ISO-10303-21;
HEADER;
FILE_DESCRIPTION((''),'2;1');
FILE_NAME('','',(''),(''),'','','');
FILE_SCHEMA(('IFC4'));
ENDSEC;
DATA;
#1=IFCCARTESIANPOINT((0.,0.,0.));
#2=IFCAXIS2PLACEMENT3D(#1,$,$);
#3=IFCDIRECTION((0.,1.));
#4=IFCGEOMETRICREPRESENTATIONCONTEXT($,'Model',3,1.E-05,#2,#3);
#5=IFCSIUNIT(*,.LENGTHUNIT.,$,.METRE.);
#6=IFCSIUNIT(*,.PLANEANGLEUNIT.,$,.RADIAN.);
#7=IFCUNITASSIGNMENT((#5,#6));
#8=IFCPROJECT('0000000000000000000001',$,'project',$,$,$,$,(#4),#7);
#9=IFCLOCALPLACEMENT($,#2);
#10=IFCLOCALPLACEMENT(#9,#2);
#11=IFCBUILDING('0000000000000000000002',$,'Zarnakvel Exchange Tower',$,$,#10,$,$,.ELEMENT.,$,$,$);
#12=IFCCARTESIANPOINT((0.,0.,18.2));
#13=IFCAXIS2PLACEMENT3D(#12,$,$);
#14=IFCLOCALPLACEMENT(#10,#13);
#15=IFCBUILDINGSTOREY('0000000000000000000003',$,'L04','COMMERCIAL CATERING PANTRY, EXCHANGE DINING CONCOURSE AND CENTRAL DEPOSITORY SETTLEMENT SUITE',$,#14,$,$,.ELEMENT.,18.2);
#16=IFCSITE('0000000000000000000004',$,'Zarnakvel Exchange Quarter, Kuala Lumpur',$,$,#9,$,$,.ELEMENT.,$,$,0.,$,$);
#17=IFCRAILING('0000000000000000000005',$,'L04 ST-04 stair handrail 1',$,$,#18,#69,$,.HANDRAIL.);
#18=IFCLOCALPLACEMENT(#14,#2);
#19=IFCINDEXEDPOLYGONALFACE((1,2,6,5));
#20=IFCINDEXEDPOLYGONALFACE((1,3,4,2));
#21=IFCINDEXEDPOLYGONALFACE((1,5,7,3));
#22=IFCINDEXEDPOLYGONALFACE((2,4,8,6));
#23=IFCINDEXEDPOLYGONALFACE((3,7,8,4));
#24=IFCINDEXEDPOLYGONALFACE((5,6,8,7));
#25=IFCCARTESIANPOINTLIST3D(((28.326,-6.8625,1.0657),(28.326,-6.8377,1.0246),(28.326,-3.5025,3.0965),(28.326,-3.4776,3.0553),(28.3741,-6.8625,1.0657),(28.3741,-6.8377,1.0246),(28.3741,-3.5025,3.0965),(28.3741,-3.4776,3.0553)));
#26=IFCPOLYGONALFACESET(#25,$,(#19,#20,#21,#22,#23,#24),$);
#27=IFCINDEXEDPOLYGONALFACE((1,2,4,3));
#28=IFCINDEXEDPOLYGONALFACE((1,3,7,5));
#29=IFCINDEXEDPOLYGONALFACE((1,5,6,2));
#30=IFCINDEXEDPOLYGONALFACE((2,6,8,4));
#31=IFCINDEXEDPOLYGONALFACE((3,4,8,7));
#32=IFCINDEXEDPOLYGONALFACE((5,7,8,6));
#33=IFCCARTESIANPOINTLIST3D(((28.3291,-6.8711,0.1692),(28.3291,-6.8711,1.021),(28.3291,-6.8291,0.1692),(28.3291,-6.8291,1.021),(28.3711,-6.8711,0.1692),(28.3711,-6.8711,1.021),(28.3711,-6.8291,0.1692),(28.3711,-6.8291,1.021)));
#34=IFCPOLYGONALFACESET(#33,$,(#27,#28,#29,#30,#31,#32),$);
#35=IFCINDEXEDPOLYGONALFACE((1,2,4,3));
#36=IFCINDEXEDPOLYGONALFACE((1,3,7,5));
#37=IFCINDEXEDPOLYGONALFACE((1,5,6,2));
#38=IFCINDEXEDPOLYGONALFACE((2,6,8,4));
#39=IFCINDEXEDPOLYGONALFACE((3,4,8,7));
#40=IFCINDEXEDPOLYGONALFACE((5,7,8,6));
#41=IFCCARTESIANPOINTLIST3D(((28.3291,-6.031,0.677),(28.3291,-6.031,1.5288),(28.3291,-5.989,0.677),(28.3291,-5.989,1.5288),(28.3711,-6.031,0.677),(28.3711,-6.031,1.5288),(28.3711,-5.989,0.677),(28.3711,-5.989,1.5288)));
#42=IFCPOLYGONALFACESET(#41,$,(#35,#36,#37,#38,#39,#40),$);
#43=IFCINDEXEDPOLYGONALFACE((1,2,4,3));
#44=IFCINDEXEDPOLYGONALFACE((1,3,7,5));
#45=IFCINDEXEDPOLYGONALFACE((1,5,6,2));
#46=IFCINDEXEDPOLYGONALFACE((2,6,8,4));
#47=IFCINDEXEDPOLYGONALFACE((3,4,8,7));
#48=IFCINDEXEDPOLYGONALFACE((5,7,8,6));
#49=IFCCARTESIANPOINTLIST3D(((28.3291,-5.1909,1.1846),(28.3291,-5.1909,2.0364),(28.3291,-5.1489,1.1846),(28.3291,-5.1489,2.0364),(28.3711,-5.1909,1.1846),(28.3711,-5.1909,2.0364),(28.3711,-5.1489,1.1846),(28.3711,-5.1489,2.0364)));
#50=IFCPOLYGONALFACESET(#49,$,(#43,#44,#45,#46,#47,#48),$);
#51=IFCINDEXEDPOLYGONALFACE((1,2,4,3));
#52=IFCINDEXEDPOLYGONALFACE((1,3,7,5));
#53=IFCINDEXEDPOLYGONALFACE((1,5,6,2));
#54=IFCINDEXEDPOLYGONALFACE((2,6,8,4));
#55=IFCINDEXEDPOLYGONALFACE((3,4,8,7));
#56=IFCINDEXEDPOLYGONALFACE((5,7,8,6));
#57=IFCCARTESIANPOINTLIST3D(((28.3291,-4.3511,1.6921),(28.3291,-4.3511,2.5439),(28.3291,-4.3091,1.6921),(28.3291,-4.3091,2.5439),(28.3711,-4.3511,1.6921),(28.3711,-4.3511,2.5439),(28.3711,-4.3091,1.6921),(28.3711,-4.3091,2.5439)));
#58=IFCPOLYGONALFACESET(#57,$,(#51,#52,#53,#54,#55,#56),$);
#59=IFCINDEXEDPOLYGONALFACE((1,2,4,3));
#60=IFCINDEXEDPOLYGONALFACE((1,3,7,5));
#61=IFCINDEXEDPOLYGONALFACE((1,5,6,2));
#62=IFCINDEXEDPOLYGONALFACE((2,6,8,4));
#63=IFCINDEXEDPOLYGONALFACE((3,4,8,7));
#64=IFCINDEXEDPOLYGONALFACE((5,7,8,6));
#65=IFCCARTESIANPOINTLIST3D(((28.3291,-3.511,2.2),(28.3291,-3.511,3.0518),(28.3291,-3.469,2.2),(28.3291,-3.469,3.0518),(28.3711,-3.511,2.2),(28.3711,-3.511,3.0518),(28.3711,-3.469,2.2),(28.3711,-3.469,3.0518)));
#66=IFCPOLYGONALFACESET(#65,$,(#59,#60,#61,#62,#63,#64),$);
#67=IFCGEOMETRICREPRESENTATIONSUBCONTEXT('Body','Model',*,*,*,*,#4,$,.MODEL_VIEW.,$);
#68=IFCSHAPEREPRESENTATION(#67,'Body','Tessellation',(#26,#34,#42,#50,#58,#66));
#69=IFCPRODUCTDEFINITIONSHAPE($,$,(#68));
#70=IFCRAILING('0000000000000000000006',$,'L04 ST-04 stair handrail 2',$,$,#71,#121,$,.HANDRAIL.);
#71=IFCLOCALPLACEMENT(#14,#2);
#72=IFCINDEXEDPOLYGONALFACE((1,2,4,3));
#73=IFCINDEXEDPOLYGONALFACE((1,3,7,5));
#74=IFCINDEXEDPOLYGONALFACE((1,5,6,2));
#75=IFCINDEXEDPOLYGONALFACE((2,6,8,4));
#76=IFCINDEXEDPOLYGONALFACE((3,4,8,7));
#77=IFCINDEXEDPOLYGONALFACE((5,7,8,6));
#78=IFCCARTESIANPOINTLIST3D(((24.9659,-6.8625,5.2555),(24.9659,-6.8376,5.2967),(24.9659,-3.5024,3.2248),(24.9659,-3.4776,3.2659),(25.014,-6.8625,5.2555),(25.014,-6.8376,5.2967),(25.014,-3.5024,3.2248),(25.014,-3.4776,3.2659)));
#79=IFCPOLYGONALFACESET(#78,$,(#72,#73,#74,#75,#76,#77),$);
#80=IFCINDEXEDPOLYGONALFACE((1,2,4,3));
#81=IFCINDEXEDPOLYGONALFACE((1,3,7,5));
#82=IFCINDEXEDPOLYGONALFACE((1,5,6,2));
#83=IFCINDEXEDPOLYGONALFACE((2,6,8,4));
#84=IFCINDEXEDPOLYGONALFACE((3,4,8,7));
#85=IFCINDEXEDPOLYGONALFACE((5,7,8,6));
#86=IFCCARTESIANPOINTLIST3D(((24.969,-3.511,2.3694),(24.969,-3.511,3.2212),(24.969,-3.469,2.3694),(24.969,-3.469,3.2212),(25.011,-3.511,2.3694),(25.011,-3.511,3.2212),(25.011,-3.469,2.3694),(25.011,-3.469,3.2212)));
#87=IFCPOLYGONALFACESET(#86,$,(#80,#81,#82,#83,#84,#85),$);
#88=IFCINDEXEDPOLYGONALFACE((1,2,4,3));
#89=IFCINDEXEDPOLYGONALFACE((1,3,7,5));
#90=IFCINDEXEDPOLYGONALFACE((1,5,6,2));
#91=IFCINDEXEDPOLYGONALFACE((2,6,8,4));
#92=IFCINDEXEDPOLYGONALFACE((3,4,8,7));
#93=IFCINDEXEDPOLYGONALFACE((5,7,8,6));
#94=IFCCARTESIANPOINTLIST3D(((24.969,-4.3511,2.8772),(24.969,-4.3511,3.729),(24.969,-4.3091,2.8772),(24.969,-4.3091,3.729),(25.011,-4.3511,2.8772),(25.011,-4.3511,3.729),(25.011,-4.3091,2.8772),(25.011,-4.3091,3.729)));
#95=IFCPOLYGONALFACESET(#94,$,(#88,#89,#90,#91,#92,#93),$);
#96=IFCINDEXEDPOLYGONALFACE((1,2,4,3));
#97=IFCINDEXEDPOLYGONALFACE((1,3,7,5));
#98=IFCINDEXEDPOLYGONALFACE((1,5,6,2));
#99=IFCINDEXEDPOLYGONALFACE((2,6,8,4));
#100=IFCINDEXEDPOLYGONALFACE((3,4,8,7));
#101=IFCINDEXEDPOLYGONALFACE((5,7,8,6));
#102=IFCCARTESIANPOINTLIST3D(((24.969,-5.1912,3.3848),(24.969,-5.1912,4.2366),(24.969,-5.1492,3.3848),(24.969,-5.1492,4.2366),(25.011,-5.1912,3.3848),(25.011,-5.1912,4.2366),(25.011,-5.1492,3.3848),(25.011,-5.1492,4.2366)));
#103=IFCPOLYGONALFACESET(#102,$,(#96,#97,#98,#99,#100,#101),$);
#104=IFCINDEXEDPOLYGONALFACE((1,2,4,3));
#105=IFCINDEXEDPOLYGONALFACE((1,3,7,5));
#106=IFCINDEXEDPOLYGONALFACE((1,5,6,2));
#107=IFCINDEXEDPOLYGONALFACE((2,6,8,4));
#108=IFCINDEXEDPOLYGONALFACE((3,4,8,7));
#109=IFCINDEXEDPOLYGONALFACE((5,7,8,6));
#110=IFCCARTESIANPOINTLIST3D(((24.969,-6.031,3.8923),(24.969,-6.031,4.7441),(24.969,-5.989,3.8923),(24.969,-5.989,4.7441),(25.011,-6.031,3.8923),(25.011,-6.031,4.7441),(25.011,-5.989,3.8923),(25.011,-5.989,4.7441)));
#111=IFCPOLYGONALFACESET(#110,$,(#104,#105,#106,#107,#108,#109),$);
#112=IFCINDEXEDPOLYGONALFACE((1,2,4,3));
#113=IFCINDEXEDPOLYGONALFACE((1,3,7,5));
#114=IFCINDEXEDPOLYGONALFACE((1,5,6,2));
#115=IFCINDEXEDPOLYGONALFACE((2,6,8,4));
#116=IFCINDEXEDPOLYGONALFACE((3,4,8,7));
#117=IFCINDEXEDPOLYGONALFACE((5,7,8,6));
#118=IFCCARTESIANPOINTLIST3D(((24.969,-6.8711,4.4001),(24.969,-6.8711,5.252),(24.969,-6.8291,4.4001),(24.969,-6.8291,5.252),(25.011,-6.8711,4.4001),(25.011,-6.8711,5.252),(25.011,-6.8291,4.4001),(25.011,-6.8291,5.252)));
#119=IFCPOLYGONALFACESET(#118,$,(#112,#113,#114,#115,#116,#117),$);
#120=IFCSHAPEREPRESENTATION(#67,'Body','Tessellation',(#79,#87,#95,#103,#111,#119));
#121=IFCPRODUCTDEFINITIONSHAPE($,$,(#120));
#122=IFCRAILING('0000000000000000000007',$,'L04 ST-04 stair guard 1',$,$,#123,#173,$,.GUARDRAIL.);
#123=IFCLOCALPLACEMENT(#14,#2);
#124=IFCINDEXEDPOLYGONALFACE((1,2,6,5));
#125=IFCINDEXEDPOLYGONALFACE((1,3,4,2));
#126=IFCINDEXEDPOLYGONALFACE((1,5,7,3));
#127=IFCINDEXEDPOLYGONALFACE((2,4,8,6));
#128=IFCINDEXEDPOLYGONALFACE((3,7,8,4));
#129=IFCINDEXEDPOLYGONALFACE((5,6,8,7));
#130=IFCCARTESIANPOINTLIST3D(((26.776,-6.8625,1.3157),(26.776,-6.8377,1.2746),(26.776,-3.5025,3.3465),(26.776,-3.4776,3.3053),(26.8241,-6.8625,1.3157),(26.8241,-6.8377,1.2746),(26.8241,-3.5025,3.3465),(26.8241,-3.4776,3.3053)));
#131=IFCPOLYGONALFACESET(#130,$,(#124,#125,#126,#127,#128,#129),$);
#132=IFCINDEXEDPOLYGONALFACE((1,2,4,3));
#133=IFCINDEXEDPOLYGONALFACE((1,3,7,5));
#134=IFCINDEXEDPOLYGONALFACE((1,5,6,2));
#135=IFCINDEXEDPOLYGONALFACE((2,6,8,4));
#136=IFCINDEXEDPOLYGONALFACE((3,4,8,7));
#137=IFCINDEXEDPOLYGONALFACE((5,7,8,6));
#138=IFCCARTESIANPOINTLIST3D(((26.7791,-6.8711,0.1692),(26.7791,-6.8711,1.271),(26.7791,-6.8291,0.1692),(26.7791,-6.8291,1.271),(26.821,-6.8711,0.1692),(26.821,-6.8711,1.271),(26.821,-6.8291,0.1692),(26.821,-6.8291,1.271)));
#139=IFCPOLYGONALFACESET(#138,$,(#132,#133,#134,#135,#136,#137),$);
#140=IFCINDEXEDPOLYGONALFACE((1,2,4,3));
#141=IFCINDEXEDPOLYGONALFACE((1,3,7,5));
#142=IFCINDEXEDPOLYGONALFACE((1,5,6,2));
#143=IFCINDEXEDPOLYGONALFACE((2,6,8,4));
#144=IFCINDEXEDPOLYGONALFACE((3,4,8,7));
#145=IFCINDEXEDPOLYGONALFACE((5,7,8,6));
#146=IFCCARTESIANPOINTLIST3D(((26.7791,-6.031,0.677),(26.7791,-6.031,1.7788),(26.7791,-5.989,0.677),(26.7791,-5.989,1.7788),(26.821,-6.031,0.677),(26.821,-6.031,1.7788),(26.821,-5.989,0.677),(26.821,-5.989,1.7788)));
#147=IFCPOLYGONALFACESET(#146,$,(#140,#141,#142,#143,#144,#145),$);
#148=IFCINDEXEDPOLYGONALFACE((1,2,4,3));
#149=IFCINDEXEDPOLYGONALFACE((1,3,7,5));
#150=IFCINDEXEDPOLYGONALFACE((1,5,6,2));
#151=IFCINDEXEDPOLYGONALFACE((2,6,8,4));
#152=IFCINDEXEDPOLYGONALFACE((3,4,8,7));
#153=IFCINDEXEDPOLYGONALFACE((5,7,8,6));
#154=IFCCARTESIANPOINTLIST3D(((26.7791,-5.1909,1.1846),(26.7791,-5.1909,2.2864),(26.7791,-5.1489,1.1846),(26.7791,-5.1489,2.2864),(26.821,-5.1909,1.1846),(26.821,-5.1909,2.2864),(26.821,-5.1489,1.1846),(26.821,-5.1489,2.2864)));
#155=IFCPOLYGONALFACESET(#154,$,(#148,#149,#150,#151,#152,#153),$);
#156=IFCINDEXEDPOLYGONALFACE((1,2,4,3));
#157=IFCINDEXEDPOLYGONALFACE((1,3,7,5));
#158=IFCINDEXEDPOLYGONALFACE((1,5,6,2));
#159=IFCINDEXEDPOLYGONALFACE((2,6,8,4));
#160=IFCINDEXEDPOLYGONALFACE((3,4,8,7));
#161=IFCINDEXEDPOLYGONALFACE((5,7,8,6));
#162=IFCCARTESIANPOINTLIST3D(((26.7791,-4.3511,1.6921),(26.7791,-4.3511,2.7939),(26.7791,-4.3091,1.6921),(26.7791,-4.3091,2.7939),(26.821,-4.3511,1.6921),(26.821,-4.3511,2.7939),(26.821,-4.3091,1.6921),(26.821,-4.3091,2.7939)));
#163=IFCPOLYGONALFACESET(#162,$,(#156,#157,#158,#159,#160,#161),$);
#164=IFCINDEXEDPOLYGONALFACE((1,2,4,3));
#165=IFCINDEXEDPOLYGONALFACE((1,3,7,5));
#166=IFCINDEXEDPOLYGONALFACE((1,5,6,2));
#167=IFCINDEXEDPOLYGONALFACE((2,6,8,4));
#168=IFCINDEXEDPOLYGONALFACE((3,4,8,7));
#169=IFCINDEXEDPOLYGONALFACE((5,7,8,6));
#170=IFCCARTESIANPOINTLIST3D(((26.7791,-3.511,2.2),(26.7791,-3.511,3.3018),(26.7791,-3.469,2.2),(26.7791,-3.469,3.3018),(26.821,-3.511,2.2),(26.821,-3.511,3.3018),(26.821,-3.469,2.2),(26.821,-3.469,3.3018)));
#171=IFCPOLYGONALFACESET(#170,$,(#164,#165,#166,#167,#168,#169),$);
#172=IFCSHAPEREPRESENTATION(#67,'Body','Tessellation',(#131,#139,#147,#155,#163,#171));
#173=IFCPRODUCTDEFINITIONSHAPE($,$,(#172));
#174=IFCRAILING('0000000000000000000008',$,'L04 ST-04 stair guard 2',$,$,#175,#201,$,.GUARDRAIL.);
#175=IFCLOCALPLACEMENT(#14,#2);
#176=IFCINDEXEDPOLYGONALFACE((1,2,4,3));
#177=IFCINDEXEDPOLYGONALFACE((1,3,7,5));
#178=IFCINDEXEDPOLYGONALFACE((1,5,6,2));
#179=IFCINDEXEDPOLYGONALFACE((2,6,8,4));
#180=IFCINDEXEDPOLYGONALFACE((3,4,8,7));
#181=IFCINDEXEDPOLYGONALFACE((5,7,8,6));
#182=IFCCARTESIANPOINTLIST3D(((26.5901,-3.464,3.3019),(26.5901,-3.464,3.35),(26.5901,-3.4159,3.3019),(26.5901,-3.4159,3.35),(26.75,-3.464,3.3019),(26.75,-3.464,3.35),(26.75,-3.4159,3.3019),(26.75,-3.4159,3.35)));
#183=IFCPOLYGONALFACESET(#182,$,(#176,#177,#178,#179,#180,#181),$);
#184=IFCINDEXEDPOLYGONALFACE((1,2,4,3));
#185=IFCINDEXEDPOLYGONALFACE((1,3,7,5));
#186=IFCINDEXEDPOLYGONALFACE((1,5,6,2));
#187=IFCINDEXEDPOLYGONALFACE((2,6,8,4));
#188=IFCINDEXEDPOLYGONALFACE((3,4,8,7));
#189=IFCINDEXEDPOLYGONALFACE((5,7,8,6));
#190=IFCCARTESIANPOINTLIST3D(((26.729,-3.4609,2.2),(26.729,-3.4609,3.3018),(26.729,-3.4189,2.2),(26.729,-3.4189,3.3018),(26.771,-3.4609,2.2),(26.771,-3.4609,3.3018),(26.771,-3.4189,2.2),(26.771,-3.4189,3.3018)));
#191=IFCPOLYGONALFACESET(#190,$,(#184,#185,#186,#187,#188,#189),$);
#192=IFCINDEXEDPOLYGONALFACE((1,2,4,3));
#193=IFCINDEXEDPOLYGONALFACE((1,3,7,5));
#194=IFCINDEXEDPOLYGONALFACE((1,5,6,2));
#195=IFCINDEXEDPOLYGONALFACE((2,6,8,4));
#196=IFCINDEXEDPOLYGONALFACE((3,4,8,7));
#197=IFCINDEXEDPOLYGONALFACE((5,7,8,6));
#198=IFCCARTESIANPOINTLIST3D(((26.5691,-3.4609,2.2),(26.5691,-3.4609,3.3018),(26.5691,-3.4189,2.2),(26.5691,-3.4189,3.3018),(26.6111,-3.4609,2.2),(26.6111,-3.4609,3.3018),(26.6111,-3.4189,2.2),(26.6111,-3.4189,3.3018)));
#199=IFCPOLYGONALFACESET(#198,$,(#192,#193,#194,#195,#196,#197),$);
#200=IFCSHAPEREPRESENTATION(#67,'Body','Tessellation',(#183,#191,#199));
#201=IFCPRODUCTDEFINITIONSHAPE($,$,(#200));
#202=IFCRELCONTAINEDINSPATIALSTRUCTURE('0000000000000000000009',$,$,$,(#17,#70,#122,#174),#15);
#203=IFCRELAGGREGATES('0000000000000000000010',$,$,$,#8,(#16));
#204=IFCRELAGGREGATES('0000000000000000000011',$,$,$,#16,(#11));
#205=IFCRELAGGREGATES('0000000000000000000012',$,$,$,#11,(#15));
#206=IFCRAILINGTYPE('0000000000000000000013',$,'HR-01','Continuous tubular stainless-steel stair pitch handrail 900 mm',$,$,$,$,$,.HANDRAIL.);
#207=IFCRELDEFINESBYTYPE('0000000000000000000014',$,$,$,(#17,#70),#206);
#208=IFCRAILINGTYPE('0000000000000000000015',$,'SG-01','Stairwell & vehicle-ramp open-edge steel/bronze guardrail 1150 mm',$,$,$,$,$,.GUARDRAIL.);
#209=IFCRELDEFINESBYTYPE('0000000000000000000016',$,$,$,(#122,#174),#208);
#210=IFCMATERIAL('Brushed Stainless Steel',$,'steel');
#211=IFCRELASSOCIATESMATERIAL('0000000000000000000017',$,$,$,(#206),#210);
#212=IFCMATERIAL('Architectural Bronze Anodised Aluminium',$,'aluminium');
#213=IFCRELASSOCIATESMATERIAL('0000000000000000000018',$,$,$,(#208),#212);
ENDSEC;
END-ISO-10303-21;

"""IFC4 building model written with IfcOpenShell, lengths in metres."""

from ifc_helpers import new_model, si_unit, direction, frame, origin, origin_2d, place, context, subcontext, project, spatial, rectangle, extrude, material, type_object, element, save


model = new_model("IFC4")

# Units and contexts
model_context = context("Model", 3, precision=1e-05, world=origin(), true_north=direction((0.0, 1.0)))
body_context = subcontext(model_context, "Body", "Model", "MODEL_VIEW")
ifc_project = project(units=[si_unit("LENGTHUNIT", "METRE"), si_unit("PLANEANGLEUNIT", "RADIAN")], contexts=[model_context])

# Site, building, storey
site_placement = place(None, origin())
site = spatial("IfcSite", under=ifc_project, at=site_placement, Name="Zarnakvel Exchange Quarter, Kuala Lumpur", CompositionType="ELEMENT", RefElevation=0.0)
building_placement = place(site_placement, origin())
building = spatial("IfcBuilding", under=site, at=building_placement, Name="Zarnakvel Exchange Tower", CompositionType="ELEMENT")
storey_placement = place(building_placement, frame((0.0, 0.0, 18.2)))
storey = spatial("IfcBuildingStorey", under=building, at=storey_placement, Name="L04", Description="COMMERCIAL CATERING PANTRY, EXCHANGE DINING CONCOURSE AND CENTRAL DEPOSITORY SETTLEMENT SUITE", CompositionType="ELEMENT", Elevation=18.2)

# Railings
ifc_material_1 = material(Name="Brushed Stainless Steel", Category="steel")
railing_type_1 = type_object("IfcRailingType", Name="HR-01", Description="Continuous tubular stainless-steel stair pitch handrail 900 mm", PredefinedType="HANDRAIL", material=ifc_material_1)
railing_1_placement = place(storey_placement, frame((28.3501, -6.8501, 0.1692)))
element("IfcRailing", 1, at=railing_1_placement, inside=storey, type_object=railing_type_1, Name="L04 ST-04 stair handrail 1", PredefinedType="HANDRAIL", context=body_context, shape_type="SweptSolid", body=[
    extrude(rectangle(XDim=0.0481, YDim=0.0481, at=origin_2d()), frame((0.0, 0.0, 0.876), z_axis=(0.0, 0.855837, 0.517246), x_axis=(-1.0, 0.0, 0.0)), (0.0, 0.0, 1.0), 3.926),
    extrude(rectangle(XDim=0.042, YDim=0.042, at=origin_2d()), origin(), (0.0, 0.0, 1.0), 0.8518),
    extrude(rectangle(XDim=0.042, YDim=0.042, at=origin_2d()), frame((0.0, 0.8401, 0.5078)), (0.0, 0.0, 1.0), 0.8518),
    extrude(rectangle(XDim=0.042, YDim=0.042, at=origin_2d()), frame((0.0, 1.6802, 1.0154)), (0.0, 0.0, 1.0), 0.8518),
    extrude(rectangle(XDim=0.042, YDim=0.042, at=origin_2d()), frame((0.0, 2.52, 1.5229)), (0.0, 0.0, 1.0), 0.8518),
    extrude(rectangle(XDim=0.042, YDim=0.042, at=origin_2d()), frame((0.0, 3.3601, 2.0308)), (0.0, 0.0, 1.0), 0.8518),
])
railing_2_placement = place(storey_placement, frame((24.99, -3.49, 2.3694)))
element("IfcRailing", 2, at=railing_2_placement, inside=storey, type_object=railing_type_1, Name="L04 ST-04 stair handrail 2", PredefinedType="HANDRAIL", context=body_context, shape_type="SweptSolid", body=[
    extrude(rectangle(XDim=0.0481, YDim=0.0481, at=origin_2d()), frame((0.0, 0.0, 0.876), z_axis=(0.0, -0.855837, 0.517246), x_axis=(1.0, 0.0, 0.0)), (0.0, 0.0, 1.0), 3.926),
    extrude(rectangle(XDim=0.042, YDim=0.042, at=origin_2d()), origin(), (0.0, 0.0, 1.0), 0.8518),
    extrude(rectangle(XDim=0.042, YDim=0.042, at=origin_2d()), frame((0.0, -0.8401, 0.5078)), (0.0, 0.0, 1.0), 0.8518),
    extrude(rectangle(XDim=0.042, YDim=0.042, at=origin_2d()), frame((0.0, -1.6802, 1.0154)), (0.0, 0.0, 1.0), 0.8518),
    extrude(rectangle(XDim=0.042, YDim=0.042, at=origin_2d()), frame((0.0, -2.52, 1.5229)), (0.0, 0.0, 1.0), 0.8518),
    extrude(rectangle(XDim=0.042, YDim=0.042, at=origin_2d()), frame((0.0, -3.3601, 2.0308)), (0.0, 0.0, 1.0), 0.8518),
])
ifc_material_2 = material(Name="Architectural Bronze Anodised Aluminium", Category="aluminium")
railing_type_2 = type_object("IfcRailingType", Name="SG-01", Description="Stairwell & vehicle-ramp open-edge steel/bronze guardrail 1150 mm", PredefinedType="GUARDRAIL", material=ifc_material_2)
railing_3_placement = place(storey_placement, frame((26.8, -6.8501, 0.1692)))
element("IfcRailing", 3, at=railing_3_placement, inside=storey, type_object=railing_type_2, Name="L04 ST-04 stair guard 1", PredefinedType="GUARDRAIL", context=body_context, shape_type="SweptSolid", body=[
    extrude(rectangle(XDim=0.0481, YDim=0.0481, at=origin_2d()), frame((0.0, 0.0, 1.126), z_axis=(0.0, 0.855837, 0.517246), x_axis=(-1.0, 0.0, 0.0)), (0.0, 0.0, 1.0), 3.926),
    extrude(rectangle(XDim=0.042, YDim=0.042, at=origin_2d()), origin(), (0.0, 0.0, 1.0), 1.1018),
    extrude(rectangle(XDim=0.042, YDim=0.042, at=origin_2d()), frame((0.0, 0.8401, 0.5078)), (0.0, 0.0, 1.0), 1.1018),
    extrude(rectangle(XDim=0.042, YDim=0.042, at=origin_2d()), frame((0.0, 1.6802, 1.0154)), (0.0, 0.0, 1.0), 1.1018),
    extrude(rectangle(XDim=0.042, YDim=0.042, at=origin_2d()), frame((0.0, 2.52, 1.5229)), (0.0, 0.0, 1.0), 1.1018),
    extrude(rectangle(XDim=0.042, YDim=0.042, at=origin_2d()), frame((0.0, 3.3601, 2.0308)), (0.0, 0.0, 1.0), 1.1018),
])
railing_4_placement = place(storey_placement, frame((26.75, -3.4399, 2.2)))
element("IfcRailing", 4, at=railing_4_placement, inside=storey, type_object=railing_type_2, Name="L04 ST-04 stair guard 2", PredefinedType="GUARDRAIL", context=body_context, shape_type="SweptSolid", body=[
    extrude(rectangle(XDim=0.0481, YDim=0.0481, at=origin_2d()), frame((0.0, 0.0, 1.126), z_axis=(-1.0, 0.0, 0.0), x_axis=(0.0, -1.0, 0.0)), (0.0, 0.0, 1.0), 0.1599),
    extrude(rectangle(XDim=0.042, YDim=0.042, at=origin_2d()), origin(), (0.0, 0.0, 1.0), 1.1018),
    extrude(rectangle(XDim=0.042, YDim=0.042, at=origin_2d()), frame((-0.1599, 0.0, 0.0)), (0.0, 0.0, 1.0), 1.1018),
])

save(model, "model.ifc")
